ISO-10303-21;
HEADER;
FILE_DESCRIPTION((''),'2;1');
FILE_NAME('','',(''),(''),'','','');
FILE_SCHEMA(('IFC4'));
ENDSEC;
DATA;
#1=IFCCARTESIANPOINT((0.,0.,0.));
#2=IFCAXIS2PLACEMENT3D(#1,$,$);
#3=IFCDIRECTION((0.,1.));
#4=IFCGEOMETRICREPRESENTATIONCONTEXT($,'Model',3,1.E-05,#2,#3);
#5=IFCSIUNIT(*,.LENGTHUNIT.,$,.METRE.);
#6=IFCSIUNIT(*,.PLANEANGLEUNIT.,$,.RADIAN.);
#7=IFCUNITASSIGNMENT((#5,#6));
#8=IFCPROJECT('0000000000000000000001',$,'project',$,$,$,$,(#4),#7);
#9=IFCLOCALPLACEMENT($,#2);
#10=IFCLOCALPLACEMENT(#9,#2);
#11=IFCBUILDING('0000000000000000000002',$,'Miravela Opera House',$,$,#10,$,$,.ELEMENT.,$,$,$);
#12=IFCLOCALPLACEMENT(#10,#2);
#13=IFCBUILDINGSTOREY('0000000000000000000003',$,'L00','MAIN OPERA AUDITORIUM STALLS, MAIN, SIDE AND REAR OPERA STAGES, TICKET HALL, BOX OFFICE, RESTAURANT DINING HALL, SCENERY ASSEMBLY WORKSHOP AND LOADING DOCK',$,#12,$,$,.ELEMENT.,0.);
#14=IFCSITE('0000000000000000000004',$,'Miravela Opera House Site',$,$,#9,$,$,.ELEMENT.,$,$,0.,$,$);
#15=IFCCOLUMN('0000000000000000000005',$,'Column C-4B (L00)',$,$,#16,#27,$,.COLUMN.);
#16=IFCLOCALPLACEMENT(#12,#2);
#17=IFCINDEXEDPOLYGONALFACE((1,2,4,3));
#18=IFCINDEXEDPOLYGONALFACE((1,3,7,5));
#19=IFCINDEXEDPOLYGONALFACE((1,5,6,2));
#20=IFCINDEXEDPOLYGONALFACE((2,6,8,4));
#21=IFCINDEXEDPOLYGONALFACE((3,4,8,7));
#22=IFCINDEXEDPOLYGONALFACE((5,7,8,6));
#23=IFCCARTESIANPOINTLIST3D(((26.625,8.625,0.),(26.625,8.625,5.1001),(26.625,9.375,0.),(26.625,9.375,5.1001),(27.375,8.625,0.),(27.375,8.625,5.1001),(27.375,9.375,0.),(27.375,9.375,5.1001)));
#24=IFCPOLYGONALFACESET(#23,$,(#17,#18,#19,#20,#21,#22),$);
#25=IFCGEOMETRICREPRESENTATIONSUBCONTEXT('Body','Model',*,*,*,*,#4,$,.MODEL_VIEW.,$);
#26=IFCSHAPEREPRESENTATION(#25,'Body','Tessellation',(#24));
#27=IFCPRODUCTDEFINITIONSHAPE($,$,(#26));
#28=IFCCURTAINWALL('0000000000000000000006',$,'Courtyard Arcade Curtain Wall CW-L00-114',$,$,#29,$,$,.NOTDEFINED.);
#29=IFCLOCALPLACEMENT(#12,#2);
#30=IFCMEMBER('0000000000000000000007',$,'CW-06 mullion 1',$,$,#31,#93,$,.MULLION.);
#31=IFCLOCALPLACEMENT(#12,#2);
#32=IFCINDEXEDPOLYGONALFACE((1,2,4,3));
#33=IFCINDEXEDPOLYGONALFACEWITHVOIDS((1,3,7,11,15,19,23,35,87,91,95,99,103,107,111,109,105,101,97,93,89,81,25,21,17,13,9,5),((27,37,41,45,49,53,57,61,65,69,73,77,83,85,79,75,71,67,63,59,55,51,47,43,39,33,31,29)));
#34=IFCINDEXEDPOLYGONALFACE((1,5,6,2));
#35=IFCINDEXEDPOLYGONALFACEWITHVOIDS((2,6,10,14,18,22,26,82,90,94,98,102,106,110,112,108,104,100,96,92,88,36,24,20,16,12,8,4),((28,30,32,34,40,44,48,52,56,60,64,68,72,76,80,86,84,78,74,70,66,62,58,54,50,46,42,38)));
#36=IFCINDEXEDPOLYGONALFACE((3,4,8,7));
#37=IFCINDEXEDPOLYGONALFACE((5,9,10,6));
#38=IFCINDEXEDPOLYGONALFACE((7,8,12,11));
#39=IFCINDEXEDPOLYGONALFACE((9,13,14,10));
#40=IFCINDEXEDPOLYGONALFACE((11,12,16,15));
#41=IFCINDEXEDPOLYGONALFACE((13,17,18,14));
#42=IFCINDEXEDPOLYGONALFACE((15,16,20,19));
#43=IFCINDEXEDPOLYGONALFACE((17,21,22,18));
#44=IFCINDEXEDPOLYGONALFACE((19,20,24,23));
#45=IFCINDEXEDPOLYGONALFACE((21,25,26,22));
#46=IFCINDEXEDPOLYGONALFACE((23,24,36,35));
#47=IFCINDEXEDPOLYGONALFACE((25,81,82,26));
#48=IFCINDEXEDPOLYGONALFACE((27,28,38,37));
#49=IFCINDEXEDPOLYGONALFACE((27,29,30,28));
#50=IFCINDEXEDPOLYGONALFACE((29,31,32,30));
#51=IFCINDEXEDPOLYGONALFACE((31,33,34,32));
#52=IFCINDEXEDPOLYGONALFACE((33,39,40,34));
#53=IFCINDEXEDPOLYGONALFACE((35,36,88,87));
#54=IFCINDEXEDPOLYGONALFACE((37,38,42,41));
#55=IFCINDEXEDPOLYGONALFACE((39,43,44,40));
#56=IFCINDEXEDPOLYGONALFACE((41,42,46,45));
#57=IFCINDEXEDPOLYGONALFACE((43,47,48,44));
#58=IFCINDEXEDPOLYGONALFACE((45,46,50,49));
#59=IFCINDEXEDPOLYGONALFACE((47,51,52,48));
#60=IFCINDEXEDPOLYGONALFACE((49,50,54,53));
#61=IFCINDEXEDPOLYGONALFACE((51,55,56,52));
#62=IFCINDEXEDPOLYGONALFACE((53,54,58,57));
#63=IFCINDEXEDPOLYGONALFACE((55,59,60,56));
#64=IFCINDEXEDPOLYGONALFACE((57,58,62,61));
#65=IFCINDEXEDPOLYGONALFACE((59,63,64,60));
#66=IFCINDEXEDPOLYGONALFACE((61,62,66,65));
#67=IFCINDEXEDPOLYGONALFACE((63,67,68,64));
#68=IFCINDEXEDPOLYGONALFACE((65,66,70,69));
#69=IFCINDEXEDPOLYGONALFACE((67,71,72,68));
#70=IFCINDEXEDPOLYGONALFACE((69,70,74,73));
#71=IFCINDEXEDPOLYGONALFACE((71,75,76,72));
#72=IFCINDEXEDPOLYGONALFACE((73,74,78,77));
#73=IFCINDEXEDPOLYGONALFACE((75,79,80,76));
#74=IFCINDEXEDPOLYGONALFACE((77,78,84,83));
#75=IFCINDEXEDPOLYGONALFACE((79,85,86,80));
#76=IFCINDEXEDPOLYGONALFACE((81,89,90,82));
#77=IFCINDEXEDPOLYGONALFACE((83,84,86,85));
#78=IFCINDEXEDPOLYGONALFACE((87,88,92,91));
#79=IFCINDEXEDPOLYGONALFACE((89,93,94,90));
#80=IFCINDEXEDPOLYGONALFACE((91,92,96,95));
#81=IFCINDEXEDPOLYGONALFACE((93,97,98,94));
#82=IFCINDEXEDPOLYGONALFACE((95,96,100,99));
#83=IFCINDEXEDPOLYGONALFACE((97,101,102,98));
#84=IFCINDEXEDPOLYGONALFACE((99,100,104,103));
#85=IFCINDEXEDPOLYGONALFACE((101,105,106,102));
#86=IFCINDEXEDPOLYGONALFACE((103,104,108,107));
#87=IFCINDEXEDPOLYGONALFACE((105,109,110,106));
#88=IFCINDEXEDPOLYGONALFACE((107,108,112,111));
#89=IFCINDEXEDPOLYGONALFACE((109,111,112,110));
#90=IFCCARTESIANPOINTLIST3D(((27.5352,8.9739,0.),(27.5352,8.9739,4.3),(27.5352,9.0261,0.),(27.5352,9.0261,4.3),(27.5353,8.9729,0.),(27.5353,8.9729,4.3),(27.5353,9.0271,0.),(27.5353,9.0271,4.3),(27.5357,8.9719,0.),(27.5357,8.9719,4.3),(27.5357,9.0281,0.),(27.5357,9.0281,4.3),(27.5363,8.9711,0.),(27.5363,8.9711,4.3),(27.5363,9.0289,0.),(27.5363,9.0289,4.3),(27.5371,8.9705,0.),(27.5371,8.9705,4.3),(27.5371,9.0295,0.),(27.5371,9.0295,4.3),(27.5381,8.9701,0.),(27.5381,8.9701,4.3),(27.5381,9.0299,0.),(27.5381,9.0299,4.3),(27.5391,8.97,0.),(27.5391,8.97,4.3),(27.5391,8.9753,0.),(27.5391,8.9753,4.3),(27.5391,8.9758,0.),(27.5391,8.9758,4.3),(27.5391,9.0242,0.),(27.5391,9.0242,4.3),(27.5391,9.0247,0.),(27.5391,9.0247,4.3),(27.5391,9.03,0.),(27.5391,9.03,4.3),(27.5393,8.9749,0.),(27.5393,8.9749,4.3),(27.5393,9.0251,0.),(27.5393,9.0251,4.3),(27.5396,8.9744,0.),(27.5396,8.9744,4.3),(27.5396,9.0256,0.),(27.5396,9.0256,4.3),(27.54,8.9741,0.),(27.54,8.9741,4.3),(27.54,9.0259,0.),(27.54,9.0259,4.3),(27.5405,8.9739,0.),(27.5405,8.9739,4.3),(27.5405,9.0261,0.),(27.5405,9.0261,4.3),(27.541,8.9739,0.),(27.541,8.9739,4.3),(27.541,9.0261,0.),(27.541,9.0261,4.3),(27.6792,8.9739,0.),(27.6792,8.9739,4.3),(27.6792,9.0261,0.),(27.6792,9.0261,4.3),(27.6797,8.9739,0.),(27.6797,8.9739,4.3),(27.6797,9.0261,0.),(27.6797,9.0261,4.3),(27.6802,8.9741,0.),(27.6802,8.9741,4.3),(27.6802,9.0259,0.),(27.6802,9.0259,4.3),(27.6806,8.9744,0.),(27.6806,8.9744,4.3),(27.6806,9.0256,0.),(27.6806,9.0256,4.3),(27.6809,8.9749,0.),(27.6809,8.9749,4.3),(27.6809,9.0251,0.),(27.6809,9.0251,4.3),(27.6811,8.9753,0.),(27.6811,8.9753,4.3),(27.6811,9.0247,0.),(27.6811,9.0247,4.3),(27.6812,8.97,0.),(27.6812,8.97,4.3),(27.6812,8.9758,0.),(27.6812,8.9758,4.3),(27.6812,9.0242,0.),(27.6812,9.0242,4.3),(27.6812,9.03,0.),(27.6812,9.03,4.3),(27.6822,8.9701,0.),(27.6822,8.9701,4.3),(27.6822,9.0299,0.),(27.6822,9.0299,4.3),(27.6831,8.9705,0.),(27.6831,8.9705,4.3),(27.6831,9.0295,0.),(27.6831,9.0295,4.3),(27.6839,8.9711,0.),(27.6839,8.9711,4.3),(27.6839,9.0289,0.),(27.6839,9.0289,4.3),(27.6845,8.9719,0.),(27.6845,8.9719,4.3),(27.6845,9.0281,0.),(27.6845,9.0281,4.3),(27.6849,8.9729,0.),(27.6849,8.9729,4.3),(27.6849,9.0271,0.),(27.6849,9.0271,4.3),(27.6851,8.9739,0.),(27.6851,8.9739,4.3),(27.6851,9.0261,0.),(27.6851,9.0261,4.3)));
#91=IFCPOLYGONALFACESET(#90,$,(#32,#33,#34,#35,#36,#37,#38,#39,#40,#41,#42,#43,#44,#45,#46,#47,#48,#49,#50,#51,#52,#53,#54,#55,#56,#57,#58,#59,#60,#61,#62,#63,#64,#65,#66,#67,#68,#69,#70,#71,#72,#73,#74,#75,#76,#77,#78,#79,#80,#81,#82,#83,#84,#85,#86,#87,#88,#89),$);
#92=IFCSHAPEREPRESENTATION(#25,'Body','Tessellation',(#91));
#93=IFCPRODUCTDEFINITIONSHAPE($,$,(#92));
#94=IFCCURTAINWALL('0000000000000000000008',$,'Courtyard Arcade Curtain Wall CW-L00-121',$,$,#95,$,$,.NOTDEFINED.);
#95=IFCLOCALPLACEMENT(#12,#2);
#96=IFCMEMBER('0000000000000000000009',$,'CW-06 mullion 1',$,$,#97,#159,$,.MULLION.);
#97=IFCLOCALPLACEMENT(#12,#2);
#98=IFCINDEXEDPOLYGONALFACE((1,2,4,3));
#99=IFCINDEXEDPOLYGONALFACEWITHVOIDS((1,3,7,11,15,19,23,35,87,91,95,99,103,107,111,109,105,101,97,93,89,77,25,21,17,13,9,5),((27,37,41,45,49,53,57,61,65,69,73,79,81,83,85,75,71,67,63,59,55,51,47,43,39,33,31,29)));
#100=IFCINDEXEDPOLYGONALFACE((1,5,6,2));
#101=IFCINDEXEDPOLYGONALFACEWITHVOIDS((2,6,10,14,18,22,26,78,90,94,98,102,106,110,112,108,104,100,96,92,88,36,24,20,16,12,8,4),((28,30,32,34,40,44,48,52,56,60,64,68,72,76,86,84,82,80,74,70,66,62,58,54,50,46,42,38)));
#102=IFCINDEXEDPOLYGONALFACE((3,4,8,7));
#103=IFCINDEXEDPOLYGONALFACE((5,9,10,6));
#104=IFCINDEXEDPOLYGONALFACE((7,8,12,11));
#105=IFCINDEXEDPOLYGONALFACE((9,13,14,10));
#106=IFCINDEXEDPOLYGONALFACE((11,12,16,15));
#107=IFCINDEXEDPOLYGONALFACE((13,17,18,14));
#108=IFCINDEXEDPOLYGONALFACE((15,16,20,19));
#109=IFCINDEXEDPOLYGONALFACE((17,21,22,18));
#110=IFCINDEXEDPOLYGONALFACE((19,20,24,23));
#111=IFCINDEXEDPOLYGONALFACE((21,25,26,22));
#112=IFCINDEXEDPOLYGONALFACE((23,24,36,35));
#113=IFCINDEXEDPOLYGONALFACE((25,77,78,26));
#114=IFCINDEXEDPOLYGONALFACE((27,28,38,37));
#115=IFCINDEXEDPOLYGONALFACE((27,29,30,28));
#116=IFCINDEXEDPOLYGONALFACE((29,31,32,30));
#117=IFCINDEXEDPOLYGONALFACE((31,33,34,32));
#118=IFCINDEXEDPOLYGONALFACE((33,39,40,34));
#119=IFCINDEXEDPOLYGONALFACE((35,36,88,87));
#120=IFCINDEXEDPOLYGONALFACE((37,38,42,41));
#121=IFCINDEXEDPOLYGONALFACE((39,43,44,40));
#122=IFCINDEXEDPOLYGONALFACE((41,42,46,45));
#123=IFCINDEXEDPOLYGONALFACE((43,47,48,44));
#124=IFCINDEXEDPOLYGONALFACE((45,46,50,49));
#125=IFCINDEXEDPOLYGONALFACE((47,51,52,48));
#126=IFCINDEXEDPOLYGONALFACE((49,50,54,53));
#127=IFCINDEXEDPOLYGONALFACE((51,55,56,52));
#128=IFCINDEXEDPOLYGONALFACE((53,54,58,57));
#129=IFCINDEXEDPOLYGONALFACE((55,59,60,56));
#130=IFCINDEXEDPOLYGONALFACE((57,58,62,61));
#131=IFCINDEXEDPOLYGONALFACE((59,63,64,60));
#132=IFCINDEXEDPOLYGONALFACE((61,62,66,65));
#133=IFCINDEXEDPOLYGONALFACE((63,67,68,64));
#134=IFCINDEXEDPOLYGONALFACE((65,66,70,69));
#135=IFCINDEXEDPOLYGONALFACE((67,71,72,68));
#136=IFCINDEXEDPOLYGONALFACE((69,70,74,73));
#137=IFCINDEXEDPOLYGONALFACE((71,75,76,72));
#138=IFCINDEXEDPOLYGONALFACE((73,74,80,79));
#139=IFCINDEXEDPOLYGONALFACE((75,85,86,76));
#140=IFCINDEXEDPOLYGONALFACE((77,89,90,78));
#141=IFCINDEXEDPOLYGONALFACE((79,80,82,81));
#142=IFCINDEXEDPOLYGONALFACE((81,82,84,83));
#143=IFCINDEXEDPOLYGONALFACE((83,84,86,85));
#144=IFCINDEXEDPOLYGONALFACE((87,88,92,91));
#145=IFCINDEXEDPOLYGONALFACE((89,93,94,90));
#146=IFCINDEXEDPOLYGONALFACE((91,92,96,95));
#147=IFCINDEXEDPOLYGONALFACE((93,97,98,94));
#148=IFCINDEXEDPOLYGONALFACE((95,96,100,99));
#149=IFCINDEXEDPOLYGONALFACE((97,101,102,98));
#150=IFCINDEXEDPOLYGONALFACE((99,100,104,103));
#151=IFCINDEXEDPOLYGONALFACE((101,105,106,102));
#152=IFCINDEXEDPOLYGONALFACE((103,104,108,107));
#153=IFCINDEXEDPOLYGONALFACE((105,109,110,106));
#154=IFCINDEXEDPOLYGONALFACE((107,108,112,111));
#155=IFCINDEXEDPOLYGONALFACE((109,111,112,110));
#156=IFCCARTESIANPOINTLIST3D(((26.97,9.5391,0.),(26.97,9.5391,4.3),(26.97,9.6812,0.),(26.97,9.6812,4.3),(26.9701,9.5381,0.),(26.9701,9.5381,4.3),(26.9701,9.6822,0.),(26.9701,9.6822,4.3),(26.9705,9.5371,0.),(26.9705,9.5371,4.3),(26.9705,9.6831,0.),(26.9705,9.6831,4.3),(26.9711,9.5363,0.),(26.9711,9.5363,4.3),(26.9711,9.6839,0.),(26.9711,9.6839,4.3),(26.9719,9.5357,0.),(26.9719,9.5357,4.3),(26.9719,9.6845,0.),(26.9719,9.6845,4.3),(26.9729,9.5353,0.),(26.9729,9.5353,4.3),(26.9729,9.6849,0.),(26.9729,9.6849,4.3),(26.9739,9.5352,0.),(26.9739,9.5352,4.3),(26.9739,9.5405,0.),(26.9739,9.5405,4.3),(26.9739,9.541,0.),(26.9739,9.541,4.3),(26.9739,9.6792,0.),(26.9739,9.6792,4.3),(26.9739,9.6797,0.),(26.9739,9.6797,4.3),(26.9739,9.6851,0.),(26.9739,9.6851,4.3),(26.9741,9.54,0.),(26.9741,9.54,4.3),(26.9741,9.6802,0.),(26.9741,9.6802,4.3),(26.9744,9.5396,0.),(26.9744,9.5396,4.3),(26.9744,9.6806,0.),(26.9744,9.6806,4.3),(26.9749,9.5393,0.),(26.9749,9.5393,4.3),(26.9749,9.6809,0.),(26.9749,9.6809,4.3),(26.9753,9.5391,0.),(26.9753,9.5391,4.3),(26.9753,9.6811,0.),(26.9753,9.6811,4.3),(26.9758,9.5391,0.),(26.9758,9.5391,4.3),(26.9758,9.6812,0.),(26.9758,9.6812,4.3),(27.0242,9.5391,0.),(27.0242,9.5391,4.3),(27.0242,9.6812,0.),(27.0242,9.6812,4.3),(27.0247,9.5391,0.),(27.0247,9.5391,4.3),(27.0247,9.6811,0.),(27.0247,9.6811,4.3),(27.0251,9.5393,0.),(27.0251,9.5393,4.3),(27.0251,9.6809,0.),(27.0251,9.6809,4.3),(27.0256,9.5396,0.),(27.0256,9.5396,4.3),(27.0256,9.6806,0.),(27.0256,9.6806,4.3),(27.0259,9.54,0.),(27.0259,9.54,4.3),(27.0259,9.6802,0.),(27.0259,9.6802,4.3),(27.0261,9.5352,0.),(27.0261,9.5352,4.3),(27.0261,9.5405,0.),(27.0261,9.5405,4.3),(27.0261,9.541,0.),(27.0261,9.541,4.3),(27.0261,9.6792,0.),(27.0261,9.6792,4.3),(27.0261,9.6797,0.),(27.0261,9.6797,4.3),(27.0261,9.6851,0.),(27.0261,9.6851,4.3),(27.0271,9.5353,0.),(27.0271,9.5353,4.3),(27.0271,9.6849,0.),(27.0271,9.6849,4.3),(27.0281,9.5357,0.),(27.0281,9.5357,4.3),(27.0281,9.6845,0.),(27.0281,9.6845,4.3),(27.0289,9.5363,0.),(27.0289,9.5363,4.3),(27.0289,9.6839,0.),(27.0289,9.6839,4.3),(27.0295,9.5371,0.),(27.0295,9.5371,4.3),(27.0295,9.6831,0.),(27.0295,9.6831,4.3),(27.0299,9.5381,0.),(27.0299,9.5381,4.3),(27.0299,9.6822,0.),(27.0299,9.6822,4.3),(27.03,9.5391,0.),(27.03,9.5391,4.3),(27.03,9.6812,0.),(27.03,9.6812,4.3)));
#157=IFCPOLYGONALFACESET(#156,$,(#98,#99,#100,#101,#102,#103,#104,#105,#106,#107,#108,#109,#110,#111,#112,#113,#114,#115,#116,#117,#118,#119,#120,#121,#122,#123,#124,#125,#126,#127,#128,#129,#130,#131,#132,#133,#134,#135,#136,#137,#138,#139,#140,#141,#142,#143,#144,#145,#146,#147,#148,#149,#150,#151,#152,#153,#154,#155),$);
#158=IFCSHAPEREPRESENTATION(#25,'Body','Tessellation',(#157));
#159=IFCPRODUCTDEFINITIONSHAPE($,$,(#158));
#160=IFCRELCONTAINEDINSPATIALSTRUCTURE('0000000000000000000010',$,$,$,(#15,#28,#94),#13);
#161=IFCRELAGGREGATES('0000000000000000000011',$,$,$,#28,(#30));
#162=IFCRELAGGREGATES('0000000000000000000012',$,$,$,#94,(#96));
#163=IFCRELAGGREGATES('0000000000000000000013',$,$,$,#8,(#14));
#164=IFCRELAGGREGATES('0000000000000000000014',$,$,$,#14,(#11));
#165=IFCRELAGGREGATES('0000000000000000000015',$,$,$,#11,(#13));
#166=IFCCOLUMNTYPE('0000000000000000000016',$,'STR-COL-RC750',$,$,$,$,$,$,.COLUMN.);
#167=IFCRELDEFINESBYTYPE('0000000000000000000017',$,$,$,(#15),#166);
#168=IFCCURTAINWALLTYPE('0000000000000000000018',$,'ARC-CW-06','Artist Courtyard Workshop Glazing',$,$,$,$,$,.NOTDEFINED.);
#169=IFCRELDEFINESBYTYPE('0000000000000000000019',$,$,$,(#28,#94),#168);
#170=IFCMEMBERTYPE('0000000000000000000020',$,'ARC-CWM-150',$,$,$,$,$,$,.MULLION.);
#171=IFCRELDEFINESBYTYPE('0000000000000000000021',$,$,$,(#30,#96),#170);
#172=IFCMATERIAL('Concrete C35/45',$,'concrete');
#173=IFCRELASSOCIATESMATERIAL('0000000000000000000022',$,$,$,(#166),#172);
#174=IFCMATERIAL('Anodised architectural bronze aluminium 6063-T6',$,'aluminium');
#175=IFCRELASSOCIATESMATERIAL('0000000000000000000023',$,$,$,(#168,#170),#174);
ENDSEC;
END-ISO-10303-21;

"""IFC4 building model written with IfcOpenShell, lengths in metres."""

from ifc_helpers import new_model, si_unit, direction, frame, origin, origin_2d, place, context, subcontext, project, spatial, rectangle, hollow_rectangle, extrude, material, material_profile, profile_set, type_object, element, aggregate, save


model = new_model("IFC4")

# Units and contexts
model_context = context("Model", 3, precision=1e-05, world=origin(), true_north=direction((0.0, 1.0)))
body_context = subcontext(model_context, "Body", "Model", "MODEL_VIEW")
ifc_project = project(units=[si_unit("LENGTHUNIT", "METRE"), si_unit("PLANEANGLEUNIT", "RADIAN")], contexts=[model_context])

# Site, building, storey
site_placement = place(None, origin())
site = spatial("IfcSite", under=ifc_project, at=site_placement, Name="Miravela Opera House Site", CompositionType="ELEMENT", RefElevation=0.0)
building_placement = place(site_placement, origin())
building = spatial("IfcBuilding", under=site, at=building_placement, Name="Miravela Opera House", CompositionType="ELEMENT")
storey_placement = place(building_placement, origin())
storey = spatial("IfcBuildingStorey", under=building, at=storey_placement, Name="L00", Description="MAIN OPERA AUDITORIUM STALLS, MAIN, SIDE AND REAR OPERA STAGES, TICKET HALL, BOX OFFICE, RESTAURANT DINING HALL, SCENERY ASSEMBLY WORKSHOP AND LOADING DOCK", CompositionType="ELEMENT", Elevation=0.0)

# Column
ifc_material_1 = material(Name="Concrete C35/45", Category="concrete")
ifc_material_profile_1 = material_profile(ifc_material_1, rectangle(XDim=0.75, YDim=0.75, at=origin_2d()), Name="RC-COL-750X750")
ifc_profile_set_1 = profile_set([ifc_material_profile_1])
column_type = type_object("IfcColumnType", Name="STR-COL-RC750", PredefinedType="COLUMN", material=ifc_profile_set_1)
column_placement = place(storey_placement, frame((27.0, 9.0, 0.0), z_axis=(0.0, 0.0, 1.0), x_axis=(1.0, 0.0, 0.0)))
element("IfcColumn", 1, at=column_placement, inside=storey, type_object=column_type, Name="Column C-4B (L00)", PredefinedType="COLUMN", context=body_context, shape_type="SweptSolid", body=[
    extrude(rectangle(XDim=0.75, YDim=0.75, at=origin_2d()), origin(), (0.0, 0.0, 1.0), 5.1001),
])

# Curtain wall, member
ifc_material_2 = material(Name="Anodised architectural bronze aluminium 6063-T6", Category="aluminium")
curtain_wall_type = type_object("IfcCurtainWallType", Name="ARC-CW-06", Description="Artist Courtyard Workshop Glazing", PredefinedType="NOTDEFINED", material=ifc_material_2)
curtain_wall_1_placement = place(storey_placement, origin())
curtain_wall_1 = element("IfcCurtainWall", 2, at=curtain_wall_1_placement, inside=storey, type_object=curtain_wall_type, Name="Courtyard Arcade Curtain Wall CW-L00-114", PredefinedType="NOTDEFINED")
ifc_material_profile_2 = material_profile(ifc_material_2, hollow_rectangle(XDim=0.0601, YDim=0.1499, WallThickness=0.0039, InnerFilletRadius=0.002, OuterFilletRadius=0.0039, at=origin_2d()), Name="CWM-60X150")
ifc_profile_set_2 = profile_set([ifc_material_profile_2])
member_type_1 = type_object("IfcMemberType", Name="ARC-CWM-150", PredefinedType="MULLION", material=ifc_profile_set_2)
member_1_placement = place(storey_placement, frame((27.6101, 9.0, 0.0), z_axis=(0.0, 0.0, 1.0), x_axis=(0.0, 1.0, 0.0)))
member_1 = element("IfcMember", 3, at=member_1_placement, type_object=member_type_1, Name="CW-06 mullion 1", PredefinedType="MULLION", context=body_context, shape_type="SweptSolid", body=[
    extrude(hollow_rectangle(XDim=0.0601, YDim=0.1499, WallThickness=0.0039, InnerFilletRadius=0.002, OuterFilletRadius=0.0039, at=origin_2d()), origin(), (0.0, 0.0, 1.0), 4.3),
])
aggregate(curtain_wall_1, [member_1])

# Curtain wall, member
curtain_wall_2_placement = place(storey_placement, origin())
curtain_wall_2 = element("IfcCurtainWall", 4, at=curtain_wall_2_placement, inside=storey, type_object=curtain_wall_type, Name="Courtyard Arcade Curtain Wall CW-L00-121", PredefinedType="NOTDEFINED")
member_2_placement = place(storey_placement, frame((27.0, 9.6101, 0.0), z_axis=(0.0, 0.0, 1.0), x_axis=(-1.0, 0.0, 0.0)))
member_2 = element("IfcMember", 5, at=member_2_placement, type_object=member_type_1, Name="CW-06 mullion 1", PredefinedType="MULLION", context=body_context, shape_type="SweptSolid", body=[
    extrude(hollow_rectangle(XDim=0.0601, YDim=0.1499, WallThickness=0.0039, InnerFilletRadius=0.002, OuterFilletRadius=0.0039, at=origin_2d()), origin(), (0.0, 0.0, 1.0), 4.3),
])

aggregate(curtain_wall_2, [member_2])

save(model, "model.ifc")
